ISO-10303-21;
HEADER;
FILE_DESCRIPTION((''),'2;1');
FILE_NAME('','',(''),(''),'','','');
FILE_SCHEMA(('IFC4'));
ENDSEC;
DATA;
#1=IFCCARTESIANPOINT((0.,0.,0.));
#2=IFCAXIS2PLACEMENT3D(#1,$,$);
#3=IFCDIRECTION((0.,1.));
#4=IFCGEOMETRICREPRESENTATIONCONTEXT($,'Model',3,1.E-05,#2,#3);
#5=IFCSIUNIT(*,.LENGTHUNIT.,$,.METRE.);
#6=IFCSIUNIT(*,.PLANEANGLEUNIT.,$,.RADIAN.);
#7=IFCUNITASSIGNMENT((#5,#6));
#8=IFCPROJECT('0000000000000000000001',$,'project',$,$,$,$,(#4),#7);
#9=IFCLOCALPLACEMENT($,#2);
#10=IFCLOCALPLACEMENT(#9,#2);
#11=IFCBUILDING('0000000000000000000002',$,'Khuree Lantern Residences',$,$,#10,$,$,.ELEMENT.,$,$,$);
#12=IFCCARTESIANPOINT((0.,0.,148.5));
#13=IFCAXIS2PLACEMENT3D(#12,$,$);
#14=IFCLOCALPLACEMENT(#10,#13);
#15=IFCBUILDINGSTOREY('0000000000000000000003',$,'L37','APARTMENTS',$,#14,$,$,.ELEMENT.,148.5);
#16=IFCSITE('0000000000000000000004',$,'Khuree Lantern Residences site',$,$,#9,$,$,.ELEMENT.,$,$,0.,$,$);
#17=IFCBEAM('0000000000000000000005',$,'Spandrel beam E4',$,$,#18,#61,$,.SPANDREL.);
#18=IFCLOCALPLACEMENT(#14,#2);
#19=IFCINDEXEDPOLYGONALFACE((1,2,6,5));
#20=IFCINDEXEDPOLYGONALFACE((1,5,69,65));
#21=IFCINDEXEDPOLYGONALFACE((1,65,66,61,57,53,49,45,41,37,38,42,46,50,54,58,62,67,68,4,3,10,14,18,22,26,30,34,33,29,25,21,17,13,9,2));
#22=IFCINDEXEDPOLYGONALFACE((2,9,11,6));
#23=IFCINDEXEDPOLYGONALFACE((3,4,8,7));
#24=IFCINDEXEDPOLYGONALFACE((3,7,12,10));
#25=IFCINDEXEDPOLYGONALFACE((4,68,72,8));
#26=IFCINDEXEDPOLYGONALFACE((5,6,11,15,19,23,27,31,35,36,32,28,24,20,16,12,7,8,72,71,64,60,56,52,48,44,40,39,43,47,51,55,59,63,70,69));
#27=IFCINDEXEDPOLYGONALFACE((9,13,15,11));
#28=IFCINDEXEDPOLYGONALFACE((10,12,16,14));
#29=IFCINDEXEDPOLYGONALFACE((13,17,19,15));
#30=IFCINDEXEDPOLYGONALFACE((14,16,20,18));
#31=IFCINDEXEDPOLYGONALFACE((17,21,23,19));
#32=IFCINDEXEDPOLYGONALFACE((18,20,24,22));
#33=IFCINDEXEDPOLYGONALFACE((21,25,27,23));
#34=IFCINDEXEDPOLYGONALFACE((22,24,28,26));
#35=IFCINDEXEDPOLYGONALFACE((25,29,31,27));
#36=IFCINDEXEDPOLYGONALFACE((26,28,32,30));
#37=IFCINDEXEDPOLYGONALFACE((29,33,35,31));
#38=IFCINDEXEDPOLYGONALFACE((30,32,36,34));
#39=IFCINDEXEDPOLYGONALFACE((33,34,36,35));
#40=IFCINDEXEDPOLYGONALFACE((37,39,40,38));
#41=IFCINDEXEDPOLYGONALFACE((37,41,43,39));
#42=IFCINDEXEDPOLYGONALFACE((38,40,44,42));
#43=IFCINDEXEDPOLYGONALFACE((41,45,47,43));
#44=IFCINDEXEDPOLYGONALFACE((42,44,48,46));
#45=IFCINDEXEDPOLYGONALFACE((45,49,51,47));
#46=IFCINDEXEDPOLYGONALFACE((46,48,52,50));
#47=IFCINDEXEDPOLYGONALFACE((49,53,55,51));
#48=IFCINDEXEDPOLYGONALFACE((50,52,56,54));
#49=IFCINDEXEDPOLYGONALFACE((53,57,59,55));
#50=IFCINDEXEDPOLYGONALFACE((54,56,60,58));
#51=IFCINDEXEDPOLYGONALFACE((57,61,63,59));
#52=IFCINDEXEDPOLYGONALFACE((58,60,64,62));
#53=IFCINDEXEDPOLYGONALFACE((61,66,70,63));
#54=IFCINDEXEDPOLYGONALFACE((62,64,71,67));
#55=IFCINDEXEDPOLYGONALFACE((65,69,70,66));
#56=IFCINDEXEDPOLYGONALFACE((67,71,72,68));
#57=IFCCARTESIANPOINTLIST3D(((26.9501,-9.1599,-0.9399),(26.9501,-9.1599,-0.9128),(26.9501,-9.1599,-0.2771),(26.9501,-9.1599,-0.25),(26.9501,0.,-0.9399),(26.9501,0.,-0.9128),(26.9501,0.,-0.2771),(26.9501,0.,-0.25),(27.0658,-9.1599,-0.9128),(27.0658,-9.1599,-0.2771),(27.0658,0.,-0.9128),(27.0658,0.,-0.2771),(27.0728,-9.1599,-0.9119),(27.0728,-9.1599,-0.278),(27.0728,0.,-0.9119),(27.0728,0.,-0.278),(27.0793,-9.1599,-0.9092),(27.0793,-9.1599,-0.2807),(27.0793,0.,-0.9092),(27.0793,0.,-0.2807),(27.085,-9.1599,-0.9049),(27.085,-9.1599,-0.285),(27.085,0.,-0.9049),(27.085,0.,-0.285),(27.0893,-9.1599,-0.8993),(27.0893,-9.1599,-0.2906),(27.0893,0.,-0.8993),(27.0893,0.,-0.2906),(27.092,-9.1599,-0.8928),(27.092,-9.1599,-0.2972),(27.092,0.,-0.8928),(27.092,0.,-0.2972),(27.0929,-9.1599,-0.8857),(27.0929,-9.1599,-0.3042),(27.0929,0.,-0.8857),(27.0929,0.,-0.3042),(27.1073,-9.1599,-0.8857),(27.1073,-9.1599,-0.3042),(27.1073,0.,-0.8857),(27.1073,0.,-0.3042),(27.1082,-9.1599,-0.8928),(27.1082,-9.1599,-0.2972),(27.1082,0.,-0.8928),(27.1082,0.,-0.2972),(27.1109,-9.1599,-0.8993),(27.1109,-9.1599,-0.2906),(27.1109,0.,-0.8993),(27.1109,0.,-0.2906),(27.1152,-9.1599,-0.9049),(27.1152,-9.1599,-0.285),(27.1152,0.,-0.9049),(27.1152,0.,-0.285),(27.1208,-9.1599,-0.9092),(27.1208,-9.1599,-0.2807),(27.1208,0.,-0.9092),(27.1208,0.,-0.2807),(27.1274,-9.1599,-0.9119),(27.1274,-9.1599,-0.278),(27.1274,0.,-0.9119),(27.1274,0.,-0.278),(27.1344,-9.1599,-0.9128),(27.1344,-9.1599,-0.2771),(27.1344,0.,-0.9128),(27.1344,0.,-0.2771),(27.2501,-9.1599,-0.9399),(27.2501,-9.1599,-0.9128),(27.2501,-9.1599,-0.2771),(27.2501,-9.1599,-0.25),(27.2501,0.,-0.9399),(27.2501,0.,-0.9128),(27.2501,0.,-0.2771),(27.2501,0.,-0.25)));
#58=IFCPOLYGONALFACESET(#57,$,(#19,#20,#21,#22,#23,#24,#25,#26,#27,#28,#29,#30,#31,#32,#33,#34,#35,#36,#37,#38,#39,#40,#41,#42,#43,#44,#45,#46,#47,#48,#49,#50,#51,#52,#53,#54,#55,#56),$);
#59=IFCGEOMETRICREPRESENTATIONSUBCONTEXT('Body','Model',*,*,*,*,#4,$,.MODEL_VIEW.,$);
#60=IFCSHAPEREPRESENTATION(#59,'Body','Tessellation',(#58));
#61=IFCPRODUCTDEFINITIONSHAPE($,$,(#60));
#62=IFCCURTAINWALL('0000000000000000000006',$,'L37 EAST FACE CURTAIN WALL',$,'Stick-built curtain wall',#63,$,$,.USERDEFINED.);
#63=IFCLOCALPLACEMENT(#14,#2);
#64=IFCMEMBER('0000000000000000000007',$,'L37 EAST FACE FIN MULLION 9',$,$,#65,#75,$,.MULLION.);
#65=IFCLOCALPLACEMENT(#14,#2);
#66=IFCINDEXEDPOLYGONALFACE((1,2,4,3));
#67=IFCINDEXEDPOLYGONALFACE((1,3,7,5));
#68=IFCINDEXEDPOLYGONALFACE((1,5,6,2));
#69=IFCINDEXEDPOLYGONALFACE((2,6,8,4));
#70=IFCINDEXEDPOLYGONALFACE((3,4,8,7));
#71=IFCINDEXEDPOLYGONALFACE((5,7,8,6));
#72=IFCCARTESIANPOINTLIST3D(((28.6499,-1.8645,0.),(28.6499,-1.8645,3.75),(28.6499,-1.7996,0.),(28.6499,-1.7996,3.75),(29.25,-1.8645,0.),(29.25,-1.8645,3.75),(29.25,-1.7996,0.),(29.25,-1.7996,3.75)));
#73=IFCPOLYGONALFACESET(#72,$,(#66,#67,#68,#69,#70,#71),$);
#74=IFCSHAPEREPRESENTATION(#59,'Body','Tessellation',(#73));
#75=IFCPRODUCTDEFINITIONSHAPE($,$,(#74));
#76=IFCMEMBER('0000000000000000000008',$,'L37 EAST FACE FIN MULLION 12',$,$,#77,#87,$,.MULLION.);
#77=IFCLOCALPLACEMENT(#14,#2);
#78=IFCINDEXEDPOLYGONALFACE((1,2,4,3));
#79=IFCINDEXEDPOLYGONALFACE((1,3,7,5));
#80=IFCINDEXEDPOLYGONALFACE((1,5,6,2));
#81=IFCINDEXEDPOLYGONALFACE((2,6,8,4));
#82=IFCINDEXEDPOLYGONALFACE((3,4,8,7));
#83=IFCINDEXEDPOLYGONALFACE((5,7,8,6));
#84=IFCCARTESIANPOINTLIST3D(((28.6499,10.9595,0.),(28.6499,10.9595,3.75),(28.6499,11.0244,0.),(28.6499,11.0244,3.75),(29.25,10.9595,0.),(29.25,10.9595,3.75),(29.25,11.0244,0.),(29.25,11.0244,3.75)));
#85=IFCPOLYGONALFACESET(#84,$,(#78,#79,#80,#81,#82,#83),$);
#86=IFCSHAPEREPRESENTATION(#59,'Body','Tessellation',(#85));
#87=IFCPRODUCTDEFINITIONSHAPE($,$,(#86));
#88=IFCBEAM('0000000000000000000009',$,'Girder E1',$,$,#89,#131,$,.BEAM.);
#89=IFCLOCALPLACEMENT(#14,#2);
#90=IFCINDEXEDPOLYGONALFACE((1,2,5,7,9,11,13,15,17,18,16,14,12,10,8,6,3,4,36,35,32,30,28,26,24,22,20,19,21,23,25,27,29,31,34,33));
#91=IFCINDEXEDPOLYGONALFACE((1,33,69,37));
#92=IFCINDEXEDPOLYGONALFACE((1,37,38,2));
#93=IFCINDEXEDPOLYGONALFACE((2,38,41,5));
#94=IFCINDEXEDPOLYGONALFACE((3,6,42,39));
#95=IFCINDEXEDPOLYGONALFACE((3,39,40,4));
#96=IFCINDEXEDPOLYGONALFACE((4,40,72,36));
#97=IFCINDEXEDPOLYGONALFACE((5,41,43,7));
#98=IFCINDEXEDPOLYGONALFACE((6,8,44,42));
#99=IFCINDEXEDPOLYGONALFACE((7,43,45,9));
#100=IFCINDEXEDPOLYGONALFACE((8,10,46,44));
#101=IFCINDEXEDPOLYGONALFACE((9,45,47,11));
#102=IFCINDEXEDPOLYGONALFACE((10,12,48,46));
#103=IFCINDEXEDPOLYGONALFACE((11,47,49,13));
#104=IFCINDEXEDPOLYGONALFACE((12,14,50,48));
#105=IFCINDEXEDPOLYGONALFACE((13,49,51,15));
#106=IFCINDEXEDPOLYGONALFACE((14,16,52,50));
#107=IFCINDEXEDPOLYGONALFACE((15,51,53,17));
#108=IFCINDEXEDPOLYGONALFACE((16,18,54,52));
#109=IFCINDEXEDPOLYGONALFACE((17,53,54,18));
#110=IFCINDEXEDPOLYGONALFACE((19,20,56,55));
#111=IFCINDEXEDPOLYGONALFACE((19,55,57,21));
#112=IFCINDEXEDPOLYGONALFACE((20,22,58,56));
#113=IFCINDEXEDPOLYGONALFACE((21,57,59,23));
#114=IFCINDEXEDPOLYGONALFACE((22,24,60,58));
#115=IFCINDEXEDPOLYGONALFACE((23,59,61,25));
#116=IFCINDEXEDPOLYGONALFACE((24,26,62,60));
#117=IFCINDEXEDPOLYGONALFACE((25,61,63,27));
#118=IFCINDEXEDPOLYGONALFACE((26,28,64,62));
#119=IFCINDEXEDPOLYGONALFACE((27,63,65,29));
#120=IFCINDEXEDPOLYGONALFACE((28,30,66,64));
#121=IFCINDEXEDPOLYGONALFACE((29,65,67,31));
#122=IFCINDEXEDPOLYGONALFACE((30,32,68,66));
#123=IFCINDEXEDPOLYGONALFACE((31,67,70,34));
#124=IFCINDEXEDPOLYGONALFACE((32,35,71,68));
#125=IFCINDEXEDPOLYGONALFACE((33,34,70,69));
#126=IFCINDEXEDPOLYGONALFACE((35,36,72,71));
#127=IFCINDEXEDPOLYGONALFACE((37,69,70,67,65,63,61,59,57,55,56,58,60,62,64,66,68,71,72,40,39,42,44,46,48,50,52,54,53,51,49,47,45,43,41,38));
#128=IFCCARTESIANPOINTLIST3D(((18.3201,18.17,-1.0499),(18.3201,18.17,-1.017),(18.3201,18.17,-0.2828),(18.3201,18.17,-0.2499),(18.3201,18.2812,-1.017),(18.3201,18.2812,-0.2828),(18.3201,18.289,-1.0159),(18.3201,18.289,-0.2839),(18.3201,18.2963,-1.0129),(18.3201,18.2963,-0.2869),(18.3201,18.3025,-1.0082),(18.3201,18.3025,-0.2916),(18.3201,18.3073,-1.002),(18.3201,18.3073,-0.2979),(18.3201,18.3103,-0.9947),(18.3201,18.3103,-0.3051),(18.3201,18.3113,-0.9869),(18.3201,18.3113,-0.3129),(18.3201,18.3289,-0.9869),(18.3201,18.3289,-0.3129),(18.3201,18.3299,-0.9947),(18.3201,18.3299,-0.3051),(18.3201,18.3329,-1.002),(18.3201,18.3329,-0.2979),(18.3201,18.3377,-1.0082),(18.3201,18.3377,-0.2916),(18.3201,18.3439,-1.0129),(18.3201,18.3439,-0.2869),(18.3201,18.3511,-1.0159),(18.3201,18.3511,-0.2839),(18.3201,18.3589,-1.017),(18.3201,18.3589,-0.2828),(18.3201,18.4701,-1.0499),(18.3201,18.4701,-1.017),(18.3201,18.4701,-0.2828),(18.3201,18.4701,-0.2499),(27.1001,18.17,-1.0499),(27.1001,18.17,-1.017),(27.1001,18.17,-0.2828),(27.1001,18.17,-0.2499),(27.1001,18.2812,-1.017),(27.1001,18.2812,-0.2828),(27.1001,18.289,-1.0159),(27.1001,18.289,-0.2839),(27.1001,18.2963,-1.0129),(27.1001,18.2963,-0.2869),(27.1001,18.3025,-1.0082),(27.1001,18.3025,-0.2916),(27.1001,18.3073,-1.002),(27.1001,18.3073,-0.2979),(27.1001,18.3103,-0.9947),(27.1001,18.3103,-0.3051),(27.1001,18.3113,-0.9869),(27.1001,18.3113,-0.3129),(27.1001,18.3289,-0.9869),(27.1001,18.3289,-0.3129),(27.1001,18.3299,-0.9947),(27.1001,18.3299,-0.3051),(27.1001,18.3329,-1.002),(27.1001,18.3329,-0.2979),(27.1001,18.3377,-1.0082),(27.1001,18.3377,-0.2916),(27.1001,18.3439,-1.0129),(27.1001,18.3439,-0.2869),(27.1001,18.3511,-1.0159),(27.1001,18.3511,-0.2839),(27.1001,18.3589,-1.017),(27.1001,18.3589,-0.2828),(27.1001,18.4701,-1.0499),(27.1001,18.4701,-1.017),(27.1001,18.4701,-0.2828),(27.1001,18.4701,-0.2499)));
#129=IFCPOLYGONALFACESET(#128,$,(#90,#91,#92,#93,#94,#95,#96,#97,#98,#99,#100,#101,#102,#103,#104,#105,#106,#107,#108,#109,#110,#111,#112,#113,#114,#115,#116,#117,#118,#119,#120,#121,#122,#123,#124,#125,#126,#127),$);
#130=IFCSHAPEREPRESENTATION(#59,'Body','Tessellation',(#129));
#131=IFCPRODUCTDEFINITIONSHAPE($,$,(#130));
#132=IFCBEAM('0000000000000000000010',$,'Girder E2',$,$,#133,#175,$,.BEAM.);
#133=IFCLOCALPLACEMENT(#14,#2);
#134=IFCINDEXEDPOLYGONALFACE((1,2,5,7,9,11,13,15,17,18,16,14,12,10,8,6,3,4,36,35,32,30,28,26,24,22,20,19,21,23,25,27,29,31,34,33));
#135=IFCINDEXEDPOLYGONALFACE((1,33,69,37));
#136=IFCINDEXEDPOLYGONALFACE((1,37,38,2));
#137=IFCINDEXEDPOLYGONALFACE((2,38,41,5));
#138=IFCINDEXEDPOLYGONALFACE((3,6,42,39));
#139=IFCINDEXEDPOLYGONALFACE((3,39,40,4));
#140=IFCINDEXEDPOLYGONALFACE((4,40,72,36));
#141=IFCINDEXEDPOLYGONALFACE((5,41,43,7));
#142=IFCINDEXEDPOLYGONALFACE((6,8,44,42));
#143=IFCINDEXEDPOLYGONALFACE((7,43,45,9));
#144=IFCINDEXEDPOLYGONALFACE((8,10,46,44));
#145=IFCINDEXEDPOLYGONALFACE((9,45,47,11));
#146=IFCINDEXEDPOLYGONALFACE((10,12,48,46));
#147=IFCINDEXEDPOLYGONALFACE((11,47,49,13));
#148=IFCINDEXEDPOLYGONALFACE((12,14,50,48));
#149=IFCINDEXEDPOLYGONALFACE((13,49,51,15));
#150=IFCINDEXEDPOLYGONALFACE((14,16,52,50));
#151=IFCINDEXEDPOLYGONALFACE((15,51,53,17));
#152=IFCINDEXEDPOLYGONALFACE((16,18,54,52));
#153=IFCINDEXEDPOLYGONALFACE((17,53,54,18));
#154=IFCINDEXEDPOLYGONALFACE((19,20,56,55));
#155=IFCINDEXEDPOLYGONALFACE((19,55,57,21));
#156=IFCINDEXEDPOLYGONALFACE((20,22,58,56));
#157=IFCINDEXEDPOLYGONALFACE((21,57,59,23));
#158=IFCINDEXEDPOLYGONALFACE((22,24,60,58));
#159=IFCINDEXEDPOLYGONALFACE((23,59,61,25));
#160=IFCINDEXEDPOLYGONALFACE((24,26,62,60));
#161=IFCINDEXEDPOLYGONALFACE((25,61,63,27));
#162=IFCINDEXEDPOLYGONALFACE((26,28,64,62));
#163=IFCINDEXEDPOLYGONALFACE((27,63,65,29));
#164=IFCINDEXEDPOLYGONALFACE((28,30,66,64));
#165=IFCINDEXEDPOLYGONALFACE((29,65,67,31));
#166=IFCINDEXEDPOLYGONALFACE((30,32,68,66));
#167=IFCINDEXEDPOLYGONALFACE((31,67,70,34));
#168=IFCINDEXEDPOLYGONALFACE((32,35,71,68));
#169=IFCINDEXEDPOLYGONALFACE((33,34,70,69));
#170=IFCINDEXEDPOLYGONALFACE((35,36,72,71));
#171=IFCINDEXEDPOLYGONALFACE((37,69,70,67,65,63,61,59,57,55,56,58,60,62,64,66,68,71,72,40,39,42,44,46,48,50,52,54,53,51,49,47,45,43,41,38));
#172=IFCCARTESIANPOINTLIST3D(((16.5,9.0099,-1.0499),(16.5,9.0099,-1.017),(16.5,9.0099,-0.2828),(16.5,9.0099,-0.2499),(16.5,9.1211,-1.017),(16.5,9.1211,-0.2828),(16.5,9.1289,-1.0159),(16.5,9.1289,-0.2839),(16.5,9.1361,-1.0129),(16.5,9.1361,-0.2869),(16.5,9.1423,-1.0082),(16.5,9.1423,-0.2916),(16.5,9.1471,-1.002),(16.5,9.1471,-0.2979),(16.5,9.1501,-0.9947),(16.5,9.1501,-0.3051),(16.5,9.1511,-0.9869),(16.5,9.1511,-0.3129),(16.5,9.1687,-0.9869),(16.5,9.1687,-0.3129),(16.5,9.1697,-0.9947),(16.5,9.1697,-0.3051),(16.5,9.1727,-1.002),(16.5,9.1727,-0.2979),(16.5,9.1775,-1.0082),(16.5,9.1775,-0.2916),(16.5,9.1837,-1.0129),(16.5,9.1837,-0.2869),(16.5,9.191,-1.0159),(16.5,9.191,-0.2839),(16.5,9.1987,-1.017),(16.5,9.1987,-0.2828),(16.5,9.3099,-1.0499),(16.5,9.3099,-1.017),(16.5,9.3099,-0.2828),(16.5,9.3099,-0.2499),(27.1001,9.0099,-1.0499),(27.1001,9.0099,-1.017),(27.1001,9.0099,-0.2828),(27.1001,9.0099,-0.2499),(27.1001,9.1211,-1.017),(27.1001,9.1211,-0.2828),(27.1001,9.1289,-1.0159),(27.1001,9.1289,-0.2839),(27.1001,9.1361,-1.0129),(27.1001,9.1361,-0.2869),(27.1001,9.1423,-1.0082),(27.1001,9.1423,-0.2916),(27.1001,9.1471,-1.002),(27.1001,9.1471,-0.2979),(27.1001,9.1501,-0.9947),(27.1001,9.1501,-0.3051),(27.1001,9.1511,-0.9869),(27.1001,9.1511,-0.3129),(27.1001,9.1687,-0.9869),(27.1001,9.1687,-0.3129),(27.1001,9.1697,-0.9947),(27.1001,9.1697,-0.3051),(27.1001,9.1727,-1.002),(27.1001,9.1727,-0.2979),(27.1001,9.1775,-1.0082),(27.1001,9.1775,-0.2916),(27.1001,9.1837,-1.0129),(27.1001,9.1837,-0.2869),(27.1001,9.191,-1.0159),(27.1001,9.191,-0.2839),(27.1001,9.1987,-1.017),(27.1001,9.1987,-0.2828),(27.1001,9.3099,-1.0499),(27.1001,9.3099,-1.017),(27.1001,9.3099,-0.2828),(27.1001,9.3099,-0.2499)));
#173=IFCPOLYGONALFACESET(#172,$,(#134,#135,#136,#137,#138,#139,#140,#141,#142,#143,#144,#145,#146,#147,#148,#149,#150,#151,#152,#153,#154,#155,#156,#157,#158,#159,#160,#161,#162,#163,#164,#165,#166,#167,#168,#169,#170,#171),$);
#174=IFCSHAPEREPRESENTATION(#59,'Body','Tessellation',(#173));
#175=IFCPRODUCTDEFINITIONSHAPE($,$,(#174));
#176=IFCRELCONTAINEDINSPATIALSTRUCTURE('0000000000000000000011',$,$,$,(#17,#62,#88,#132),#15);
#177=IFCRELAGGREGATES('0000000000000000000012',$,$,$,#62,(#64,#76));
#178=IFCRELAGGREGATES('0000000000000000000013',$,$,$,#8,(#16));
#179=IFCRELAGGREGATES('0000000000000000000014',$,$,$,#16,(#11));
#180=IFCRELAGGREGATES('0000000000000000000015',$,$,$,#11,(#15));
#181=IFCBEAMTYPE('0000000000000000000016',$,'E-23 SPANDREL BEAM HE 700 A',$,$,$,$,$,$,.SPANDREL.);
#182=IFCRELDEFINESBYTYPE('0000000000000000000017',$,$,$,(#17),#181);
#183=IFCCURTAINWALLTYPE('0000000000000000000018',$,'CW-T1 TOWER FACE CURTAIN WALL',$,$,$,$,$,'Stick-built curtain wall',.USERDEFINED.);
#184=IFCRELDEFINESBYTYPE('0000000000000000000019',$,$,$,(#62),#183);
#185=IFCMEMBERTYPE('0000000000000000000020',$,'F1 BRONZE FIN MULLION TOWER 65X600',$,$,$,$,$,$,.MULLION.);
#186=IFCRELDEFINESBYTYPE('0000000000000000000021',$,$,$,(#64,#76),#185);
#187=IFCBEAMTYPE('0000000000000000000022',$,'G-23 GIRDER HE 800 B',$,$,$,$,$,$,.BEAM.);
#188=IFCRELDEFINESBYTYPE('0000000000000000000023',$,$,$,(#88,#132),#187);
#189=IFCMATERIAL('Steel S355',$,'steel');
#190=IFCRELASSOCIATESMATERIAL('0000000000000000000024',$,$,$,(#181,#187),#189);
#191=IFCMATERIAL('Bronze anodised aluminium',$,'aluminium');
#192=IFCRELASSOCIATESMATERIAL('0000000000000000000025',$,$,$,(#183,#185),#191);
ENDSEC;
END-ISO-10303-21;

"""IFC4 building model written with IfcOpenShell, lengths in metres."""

from ifc_helpers import new_model, si_unit, direction, frame, origin, origin_2d, place, context, subcontext, project, spatial, rectangle, i_section, extrude, material, material_profile, profile_set, type_object, element, aggregate, save


model = new_model("IFC4")

# Units and contexts
model_context = context("Model", 3, precision=1e-05, world=origin(), true_north=direction((0.0, 1.0)))
body_context = subcontext(model_context, "Body", "Model", "MODEL_VIEW")
ifc_project = project(units=[si_unit("LENGTHUNIT", "METRE"), si_unit("PLANEANGLEUNIT", "RADIAN")], contexts=[model_context])

# Site, building, storey
site_placement = place(None, origin())
site = spatial("IfcSite", under=ifc_project, at=site_placement, Name="Khuree Lantern Residences site", CompositionType="ELEMENT", RefElevation=0.0)
building_placement = place(site_placement, origin())
building = spatial("IfcBuilding", under=site, at=building_placement, Name="Khuree Lantern Residences", CompositionType="ELEMENT")
storey_placement = place(building_placement, frame((0.0, 0.0, 148.5)))
storey = spatial("IfcBuildingStorey", under=building, at=storey_placement, Name="L37", Description="APARTMENTS", CompositionType="ELEMENT", Elevation=148.5)

# Beam
ifc_material_1 = material(Name="Steel S355", Category="steel")
ifc_material_profile_1 = material_profile(ifc_material_1, i_section(OverallWidth=0.3, OverallDepth=0.6899, WebThickness=0.0144, FlangeThickness=0.0271, FilletRadius=0.0271, at=origin_2d()), Name="HE 700 A")
ifc_profile_set_1 = profile_set([ifc_material_profile_1], Name="Steel S355")
beam_type_1 = type_object("IfcBeamType", Name="E-23 SPANDREL BEAM HE 700 A", PredefinedType="SPANDREL", material=ifc_profile_set_1)
for number, where, z_axis, x_axis, name in (
    (1, (27.1001, 0.0, -0.595), (0.0, -1.0, 0.0), (1.0, 0.0, 0.0), "Spandrel beam E4"),
):
    element("IfcBeam", number, at=place(storey_placement, frame(where, z_axis=z_axis, x_axis=x_axis)), inside=storey, type_object=beam_type_1, Name=name, PredefinedType="SPANDREL", context=body_context, shape_type="SweptSolid", body=[
        extrude(i_section(OverallWidth=0.3, OverallDepth=0.6899, WebThickness=0.0144, FlangeThickness=0.0271, FilletRadius=0.0271, at=origin_2d()), origin(), (0.0, 0.0, 1.0), 9.1599),
    ])

# Curtain wall, members
ifc_material_2 = material(Name="Bronze anodised aluminium", Category="aluminium")
curtain_wall_type = type_object("IfcCurtainWallType", Name="CW-T1 TOWER FACE CURTAIN WALL", ElementType="Stick-built curtain wall", PredefinedType="USERDEFINED", material=ifc_material_2)
curtain_wall_placement = place(storey_placement, origin())
curtain_wall = element("IfcCurtainWall", 2, at=curtain_wall_placement, inside=storey, type_object=curtain_wall_type, Name="L37 EAST FACE CURTAIN WALL", ObjectType="Stick-built curtain wall", PredefinedType="USERDEFINED")
ifc_material_profile_2 = material_profile(ifc_material_2, rectangle(XDim=0.0649, YDim=0.6001, at=origin_2d()), Name="F1 65X600")
ifc_profile_set_2 = profile_set([ifc_material_profile_2], Name="Bronze anodised aluminium")
member_type_1 = type_object("IfcMemberType", Name="F1 BRONZE FIN MULLION TOWER 65X600", PredefinedType="MULLION", material=ifc_profile_set_2)
member_1_placement = place(storey_placement, frame((28.95, -1.832, 0.0), z_axis=(0.0, 0.0, 1.0), x_axis=(0.0, 1.0, 0.0)))
member_1 = element("IfcMember", 3, at=member_1_placement, type_object=member_type_1, Name="L37 EAST FACE FIN MULLION 9", PredefinedType="MULLION", context=body_context, shape_type="SweptSolid", body=[
    extrude(rectangle(XDim=0.0649, YDim=0.6001, at=origin_2d()), origin(), (0.0, 0.0, 1.0), 3.75),
])
member_2_placement = place(storey_placement, frame((28.95, 10.9919, 0.0), z_axis=(0.0, 0.0, 1.0), x_axis=(0.0, 1.0, 0.0)))
member_2 = element("IfcMember", 4, at=member_2_placement, type_object=member_type_1, Name="L37 EAST FACE FIN MULLION 12", PredefinedType="MULLION", context=body_context, shape_type="SweptSolid", body=[
    extrude(rectangle(XDim=0.0649, YDim=0.6001, at=origin_2d()), origin(), (0.0, 0.0, 1.0), 3.75),
])

# Beams
ifc_material_profile_3 = material_profile(ifc_material_1, i_section(OverallWidth=0.3, OverallDepth=0.8, WebThickness=0.0176, FlangeThickness=0.033, FilletRadius=0.03, at=origin_2d()), Name="HE 800 B")
ifc_profile_set_3 = profile_set([ifc_material_profile_3], Name="Steel S355")
beam_type_2 = type_object("IfcBeamType", Name="G-23 GIRDER HE 800 B", PredefinedType="BEAM", material=ifc_profile_set_3)
beam_placement = place(storey_placement, frame((27.1001, 18.3201, -0.6499), z_axis=(-1.0, 0.0, 0.0), x_axis=(0.0, -1.0, 0.0)))
element("IfcBeam", 5, at=beam_placement, inside=storey, type_object=beam_type_2, Name="Girder E1", PredefinedType="BEAM", context=body_context, shape_type="SweptSolid", body=[
    extrude(i_section(OverallWidth=0.3, OverallDepth=0.8, WebThickness=0.0176, FlangeThickness=0.033, FilletRadius=0.03, at=origin_2d()), origin(), (0.0, 0.0, 1.0), 8.78),
])
for number, where, z_axis, x_axis, name in (
    (6, (27.1001, 9.1599, -0.6499), (-1.0, 0.0, 0.0), (0.0, -1.0, 0.0), "Girder E2"),
):
    element("IfcBeam", number, at=place(storey_placement, frame(where, z_axis=z_axis, x_axis=x_axis)), inside=storey, type_object=beam_type_2, Name=name, PredefinedType="BEAM", context=body_context, shape_type="SweptSolid", body=[
        extrude(i_section(OverallWidth=0.3, OverallDepth=0.8, WebThickness=0.0176, FlangeThickness=0.033, FilletRadius=0.03, at=origin_2d()), origin(), (0.0, 0.0, 1.0), 10.6001),
    ])

aggregate(curtain_wall, [member_1, member_2])

save(model, "model.ifc")
